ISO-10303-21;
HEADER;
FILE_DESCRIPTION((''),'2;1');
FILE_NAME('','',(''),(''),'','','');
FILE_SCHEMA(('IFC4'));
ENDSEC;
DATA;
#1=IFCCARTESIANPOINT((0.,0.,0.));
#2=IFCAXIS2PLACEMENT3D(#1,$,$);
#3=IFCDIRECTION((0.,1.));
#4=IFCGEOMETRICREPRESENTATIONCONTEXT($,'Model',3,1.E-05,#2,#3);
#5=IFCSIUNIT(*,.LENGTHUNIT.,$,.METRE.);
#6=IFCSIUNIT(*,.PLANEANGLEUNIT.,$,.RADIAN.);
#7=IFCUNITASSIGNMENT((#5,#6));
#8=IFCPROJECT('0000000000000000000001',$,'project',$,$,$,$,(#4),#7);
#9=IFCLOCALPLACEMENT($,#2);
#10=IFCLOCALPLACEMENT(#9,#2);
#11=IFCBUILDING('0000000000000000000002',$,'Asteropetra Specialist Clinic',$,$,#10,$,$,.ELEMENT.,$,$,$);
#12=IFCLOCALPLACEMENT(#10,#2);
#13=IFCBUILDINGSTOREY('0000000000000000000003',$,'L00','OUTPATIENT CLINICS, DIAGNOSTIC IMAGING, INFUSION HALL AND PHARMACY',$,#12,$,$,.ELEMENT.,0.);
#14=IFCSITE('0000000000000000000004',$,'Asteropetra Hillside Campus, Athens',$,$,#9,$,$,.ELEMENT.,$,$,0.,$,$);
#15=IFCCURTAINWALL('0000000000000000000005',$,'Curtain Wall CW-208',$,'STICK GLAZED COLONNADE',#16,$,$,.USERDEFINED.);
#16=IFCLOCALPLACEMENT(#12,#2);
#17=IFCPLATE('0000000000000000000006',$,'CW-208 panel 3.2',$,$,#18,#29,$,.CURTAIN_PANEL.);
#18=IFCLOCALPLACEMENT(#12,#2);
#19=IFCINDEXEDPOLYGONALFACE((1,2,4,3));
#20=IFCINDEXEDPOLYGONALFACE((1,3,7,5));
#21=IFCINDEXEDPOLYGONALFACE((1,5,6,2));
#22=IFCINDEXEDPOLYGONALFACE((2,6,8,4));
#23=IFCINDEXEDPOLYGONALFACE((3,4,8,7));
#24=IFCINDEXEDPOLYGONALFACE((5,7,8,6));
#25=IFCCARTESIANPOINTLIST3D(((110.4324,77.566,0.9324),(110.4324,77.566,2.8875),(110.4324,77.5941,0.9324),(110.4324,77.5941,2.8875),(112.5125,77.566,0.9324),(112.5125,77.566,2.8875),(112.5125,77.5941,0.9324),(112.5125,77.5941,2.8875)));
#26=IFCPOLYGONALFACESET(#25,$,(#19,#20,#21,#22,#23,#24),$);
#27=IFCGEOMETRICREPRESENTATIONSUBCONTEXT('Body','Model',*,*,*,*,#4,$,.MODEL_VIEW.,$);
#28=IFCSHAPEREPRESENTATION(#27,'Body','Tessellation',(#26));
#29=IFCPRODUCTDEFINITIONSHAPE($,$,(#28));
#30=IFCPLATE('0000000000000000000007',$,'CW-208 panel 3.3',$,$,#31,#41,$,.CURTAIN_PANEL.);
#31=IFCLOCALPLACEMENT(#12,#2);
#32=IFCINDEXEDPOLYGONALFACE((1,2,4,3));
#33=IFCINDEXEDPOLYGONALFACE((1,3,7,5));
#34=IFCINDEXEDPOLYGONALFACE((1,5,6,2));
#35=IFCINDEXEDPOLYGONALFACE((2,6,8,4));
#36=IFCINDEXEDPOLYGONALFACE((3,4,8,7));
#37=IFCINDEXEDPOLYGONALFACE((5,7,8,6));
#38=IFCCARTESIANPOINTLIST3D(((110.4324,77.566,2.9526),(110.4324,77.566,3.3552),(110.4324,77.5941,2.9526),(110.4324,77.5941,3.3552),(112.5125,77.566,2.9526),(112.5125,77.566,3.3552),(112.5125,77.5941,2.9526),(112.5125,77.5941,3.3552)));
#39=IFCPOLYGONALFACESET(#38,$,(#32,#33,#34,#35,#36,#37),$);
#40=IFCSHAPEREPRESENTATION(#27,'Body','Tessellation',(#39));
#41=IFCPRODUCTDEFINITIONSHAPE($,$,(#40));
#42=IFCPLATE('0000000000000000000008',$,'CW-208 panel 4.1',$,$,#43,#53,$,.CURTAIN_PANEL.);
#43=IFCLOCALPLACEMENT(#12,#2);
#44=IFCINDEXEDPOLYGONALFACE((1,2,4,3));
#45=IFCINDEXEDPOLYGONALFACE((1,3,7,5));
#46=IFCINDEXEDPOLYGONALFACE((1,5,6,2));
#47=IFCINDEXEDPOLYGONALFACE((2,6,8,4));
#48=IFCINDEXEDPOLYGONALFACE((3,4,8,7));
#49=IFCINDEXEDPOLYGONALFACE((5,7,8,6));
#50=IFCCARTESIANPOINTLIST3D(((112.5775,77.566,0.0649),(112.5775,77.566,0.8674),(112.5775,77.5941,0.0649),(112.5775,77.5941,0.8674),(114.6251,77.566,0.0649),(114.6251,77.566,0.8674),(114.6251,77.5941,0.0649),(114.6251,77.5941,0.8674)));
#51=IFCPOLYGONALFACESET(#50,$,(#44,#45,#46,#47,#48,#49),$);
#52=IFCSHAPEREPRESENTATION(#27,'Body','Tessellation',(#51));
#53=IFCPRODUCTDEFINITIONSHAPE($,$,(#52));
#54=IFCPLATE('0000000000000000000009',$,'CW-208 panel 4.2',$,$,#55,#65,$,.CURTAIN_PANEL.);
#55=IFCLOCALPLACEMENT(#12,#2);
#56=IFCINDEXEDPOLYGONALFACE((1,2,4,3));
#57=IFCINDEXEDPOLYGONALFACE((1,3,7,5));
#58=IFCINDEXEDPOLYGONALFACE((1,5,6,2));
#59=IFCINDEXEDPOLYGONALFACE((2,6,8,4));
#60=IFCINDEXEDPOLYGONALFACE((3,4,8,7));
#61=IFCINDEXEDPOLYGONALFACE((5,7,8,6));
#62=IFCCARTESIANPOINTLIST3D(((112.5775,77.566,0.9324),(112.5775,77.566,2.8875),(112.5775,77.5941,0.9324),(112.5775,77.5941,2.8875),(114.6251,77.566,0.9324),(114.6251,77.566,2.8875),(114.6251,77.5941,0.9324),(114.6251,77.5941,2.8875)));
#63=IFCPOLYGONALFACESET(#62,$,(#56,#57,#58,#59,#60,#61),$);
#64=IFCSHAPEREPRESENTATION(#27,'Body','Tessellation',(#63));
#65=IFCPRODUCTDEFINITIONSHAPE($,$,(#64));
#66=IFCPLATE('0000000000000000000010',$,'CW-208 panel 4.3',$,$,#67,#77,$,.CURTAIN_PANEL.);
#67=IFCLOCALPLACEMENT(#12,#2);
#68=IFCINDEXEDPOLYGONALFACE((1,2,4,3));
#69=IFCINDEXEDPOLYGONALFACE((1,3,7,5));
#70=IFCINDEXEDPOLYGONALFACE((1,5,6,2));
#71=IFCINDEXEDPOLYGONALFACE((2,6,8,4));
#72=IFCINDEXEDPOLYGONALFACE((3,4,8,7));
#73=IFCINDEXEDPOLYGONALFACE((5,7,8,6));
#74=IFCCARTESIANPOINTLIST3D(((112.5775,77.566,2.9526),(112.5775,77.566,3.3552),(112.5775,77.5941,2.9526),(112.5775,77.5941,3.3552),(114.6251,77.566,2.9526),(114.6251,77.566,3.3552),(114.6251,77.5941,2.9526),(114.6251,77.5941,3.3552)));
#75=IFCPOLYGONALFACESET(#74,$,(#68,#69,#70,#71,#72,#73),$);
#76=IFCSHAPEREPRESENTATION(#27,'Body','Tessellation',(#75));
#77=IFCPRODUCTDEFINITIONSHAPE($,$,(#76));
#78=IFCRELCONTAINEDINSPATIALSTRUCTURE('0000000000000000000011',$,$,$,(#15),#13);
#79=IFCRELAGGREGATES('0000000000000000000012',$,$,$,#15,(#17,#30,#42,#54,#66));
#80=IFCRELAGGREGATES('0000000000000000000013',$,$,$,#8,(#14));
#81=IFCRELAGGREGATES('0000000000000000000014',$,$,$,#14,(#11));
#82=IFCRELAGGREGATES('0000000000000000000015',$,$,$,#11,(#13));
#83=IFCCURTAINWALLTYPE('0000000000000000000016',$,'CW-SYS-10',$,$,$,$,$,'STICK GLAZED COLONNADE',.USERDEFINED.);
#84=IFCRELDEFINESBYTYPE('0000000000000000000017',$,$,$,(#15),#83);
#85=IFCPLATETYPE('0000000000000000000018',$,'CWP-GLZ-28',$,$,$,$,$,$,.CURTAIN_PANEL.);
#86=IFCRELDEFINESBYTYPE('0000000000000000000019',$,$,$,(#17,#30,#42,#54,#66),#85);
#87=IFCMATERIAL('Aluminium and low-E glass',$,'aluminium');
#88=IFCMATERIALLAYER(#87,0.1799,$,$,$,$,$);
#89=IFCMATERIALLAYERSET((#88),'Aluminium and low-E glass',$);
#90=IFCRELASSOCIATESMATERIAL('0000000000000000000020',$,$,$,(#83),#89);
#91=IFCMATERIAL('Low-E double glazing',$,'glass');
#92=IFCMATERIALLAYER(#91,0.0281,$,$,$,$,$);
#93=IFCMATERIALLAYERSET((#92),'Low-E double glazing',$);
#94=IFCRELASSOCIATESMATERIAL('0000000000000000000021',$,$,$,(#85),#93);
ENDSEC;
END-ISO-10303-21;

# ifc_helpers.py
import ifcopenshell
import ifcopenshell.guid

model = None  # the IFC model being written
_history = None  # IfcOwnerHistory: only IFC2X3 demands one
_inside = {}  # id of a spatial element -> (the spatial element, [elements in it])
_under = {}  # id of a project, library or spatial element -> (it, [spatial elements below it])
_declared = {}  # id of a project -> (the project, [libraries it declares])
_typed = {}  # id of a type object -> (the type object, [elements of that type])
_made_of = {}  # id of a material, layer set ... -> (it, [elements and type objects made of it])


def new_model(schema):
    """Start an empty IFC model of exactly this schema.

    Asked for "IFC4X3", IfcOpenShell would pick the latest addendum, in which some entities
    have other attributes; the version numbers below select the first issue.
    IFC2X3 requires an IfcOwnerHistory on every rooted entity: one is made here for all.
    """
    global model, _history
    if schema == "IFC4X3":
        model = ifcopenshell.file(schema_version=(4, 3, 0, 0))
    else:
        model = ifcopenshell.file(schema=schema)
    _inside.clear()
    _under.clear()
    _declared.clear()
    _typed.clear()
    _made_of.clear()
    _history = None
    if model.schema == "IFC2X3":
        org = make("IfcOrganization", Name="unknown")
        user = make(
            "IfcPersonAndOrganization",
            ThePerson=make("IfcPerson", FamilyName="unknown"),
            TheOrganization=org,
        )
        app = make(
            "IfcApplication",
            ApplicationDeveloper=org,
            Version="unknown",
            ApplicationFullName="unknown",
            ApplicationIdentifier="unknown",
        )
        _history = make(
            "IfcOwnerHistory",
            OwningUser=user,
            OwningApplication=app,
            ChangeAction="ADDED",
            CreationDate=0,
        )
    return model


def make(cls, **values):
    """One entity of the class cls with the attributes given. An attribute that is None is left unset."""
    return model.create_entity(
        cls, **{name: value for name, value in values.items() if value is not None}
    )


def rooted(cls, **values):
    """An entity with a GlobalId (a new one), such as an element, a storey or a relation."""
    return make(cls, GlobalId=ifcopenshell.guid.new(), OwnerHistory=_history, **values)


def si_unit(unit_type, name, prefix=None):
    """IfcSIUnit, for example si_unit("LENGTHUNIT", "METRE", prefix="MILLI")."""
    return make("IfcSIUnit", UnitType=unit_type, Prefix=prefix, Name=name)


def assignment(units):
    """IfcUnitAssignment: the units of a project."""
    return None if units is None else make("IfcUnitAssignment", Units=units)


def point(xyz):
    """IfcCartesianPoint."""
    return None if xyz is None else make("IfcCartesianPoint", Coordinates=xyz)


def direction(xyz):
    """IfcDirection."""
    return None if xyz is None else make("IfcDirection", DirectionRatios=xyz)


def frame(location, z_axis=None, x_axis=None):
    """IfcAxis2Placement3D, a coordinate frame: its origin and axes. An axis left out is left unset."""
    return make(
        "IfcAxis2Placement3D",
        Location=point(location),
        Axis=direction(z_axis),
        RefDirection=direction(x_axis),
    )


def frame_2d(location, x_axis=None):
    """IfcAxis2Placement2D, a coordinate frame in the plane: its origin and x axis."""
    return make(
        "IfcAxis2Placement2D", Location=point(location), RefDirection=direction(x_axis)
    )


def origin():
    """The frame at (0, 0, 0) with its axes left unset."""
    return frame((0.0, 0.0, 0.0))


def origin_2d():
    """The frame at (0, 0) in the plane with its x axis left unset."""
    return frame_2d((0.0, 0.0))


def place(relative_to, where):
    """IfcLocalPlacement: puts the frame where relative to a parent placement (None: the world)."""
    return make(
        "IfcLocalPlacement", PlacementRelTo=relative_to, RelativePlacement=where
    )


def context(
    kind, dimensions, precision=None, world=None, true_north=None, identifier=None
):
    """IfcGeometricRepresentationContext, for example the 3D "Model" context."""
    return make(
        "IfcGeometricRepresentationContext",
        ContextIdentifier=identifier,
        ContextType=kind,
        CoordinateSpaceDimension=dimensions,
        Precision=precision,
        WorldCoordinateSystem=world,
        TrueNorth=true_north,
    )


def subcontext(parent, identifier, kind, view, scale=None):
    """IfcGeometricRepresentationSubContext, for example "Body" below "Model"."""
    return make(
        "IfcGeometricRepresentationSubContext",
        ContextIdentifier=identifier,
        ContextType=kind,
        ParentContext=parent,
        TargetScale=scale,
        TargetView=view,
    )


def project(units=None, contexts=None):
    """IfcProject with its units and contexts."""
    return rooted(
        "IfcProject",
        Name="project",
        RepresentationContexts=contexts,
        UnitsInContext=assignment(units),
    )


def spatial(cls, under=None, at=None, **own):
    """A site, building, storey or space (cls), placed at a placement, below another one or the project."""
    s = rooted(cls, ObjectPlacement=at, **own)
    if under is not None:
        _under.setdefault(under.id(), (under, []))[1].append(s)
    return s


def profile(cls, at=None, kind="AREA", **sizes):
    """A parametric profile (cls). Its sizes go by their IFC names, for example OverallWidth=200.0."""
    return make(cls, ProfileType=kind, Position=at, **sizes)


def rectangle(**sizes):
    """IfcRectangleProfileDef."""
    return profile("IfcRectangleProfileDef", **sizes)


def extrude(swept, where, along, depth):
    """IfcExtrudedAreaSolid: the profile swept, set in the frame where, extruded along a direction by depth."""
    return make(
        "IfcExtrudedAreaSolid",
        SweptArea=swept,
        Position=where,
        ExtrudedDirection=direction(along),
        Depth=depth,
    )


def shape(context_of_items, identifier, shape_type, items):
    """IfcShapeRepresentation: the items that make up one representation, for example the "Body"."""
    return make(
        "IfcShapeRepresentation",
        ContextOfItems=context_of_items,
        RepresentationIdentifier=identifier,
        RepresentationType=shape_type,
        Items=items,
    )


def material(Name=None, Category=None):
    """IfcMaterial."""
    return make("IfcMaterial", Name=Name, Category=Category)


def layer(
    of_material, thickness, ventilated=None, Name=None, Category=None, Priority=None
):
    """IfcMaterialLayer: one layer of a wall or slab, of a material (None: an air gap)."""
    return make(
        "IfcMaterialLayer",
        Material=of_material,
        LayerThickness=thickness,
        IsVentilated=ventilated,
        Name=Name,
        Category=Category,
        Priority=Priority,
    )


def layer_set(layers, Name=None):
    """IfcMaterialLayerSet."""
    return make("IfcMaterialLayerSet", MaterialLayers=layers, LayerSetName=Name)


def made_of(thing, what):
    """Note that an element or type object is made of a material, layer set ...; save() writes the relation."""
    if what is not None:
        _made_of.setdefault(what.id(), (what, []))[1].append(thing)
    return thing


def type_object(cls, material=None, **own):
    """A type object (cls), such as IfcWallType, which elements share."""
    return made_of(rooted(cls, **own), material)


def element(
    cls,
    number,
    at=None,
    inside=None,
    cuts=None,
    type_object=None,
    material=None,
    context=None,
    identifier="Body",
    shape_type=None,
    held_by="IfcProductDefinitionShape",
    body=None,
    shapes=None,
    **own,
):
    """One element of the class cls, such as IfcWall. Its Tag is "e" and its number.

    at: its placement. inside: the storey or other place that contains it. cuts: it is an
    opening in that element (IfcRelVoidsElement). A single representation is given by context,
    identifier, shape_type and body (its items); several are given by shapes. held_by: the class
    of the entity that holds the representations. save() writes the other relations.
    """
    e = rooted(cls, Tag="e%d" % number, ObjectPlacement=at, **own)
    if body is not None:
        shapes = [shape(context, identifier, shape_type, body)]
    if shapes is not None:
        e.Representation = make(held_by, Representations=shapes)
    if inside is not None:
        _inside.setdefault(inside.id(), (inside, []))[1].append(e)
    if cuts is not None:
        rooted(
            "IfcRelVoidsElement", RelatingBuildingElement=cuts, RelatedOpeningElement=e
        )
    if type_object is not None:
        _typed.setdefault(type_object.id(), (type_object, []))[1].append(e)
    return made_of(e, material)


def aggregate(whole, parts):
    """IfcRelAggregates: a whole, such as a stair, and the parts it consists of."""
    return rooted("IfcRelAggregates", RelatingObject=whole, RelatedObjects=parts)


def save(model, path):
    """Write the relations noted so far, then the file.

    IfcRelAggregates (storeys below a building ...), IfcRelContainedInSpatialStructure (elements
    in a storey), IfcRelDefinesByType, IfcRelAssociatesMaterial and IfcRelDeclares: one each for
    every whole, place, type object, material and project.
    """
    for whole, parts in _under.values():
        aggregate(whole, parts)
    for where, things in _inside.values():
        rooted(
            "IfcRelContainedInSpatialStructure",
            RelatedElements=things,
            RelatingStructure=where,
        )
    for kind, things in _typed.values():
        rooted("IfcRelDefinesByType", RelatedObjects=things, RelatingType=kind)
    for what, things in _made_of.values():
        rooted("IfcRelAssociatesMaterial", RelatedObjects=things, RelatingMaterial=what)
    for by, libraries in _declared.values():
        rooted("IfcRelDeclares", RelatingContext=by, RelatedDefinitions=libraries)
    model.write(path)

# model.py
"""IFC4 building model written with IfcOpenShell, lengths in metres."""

from ifc_helpers import new_model, si_unit, direction, frame, origin, origin_2d, place, context, subcontext, project, spatial, rectangle, extrude, material, layer, layer_set, type_object, element, aggregate, save


model = new_model("IFC4")

# Units and contexts
model_context = context("Model", 3, precision=1e-05, world=origin(), true_north=direction((0.0, 1.0)))
body_context = subcontext(model_context, "Body", "Model", "MODEL_VIEW")
ifc_project = project(units=[si_unit("LENGTHUNIT", "METRE"), si_unit("PLANEANGLEUNIT", "RADIAN")], contexts=[model_context])

# Site, building, storey
site_placement = place(None, origin())
site = spatial("IfcSite", under=ifc_project, at=site_placement, Name="Asteropetra Hillside Campus, Athens", CompositionType="ELEMENT", RefElevation=0.0)
building_placement = place(site_placement, origin())
building = spatial("IfcBuilding", under=site, at=building_placement, Name="Asteropetra Specialist Clinic", CompositionType="ELEMENT")
storey_placement = place(building_placement, origin())
storey = spatial("IfcBuildingStorey", under=building, at=storey_placement, Name="L00", Description="OUTPATIENT CLINICS, DIAGNOSTIC IMAGING, INFUSION HALL AND PHARMACY", CompositionType="ELEMENT", Elevation=0.0)

# Curtain wall, plates
ifc_material_1 = material(Name="Aluminium and low-E glass", Category="aluminium")
ifc_layer_1 = layer(ifc_material_1, 0.1799)
ifc_layer_set_1 = layer_set([ifc_layer_1], Name="Aluminium and low-E glass")
curtain_wall_type = type_object("IfcCurtainWallType", Name="CW-SYS-10", ElementType="STICK GLAZED COLONNADE", PredefinedType="USERDEFINED", material=ifc_layer_set_1)
curtain_wall_placement = place(storey_placement, origin())
curtain_wall = element("IfcCurtainWall", 1, at=curtain_wall_placement, inside=storey, type_object=curtain_wall_type, Name="Curtain Wall CW-208", ObjectType="STICK GLAZED COLONNADE", PredefinedType="USERDEFINED")
ifc_material_2 = material(Name="Low-E double glazing", Category="glass")
ifc_layer_2 = layer(ifc_material_2, 0.0281)
ifc_layer_set_2 = layer_set([ifc_layer_2], Name="Low-E double glazing")
plate_type = type_object("IfcPlateType", Name="CWP-GLZ-28", PredefinedType="CURTAIN_PANEL", material=ifc_layer_set_2)
plate_1_placement = place(storey_placement, frame((111.4724, 77.5801, 0.9324), z_axis=(0.0, 0.0, 1.0), x_axis=(1.0, 0.0, 0.0)))
plate_1 = element("IfcPlate", 2, at=plate_1_placement, type_object=plate_type, Name="CW-208 panel 3.2", PredefinedType="CURTAIN_PANEL", context=body_context, shape_type="SweptSolid", body=[
    extrude(rectangle(XDim=2.0801, YDim=0.0281, at=origin_2d()), origin(), (0.0, 0.0, 1.0), 1.9551),
])
plate_2_placement = place(storey_placement, frame((111.4724, 77.5801, 2.9526), z_axis=(0.0, 0.0, 1.0), x_axis=(1.0, 0.0, 0.0)))
plate_2 = element("IfcPlate", 3, at=plate_2_placement, type_object=plate_type, Name="CW-208 panel 3.3", PredefinedType="CURTAIN_PANEL", context=body_context, shape_type="SweptSolid", body=[
    extrude(rectangle(XDim=2.0801, YDim=0.0281, at=origin_2d()), origin(), (0.0, 0.0, 1.0), 0.4026),
])
plate_3_placement = place(storey_placement, frame((113.6013, 77.5801, 0.0649), z_axis=(0.0, 0.0, 1.0), x_axis=(1.0, 0.0, 0.0)))
plate_3 = element("IfcPlate", 4, at=plate_3_placement, type_object=plate_type, Name="CW-208 panel 4.1", PredefinedType="CURTAIN_PANEL", context=body_context, shape_type="SweptSolid", body=[
    extrude(rectangle(XDim=2.0476, YDim=0.0281, at=origin_2d()), origin(), (0.0, 0.0, 1.0), 0.8025),
])
plate_4_placement = place(storey_placement, frame((113.6013, 77.5801, 0.9324), z_axis=(0.0, 0.0, 1.0), x_axis=(1.0, 0.0, 0.0)))
plate_4 = element("IfcPlate", 5, at=plate_4_placement, type_object=plate_type, Name="CW-208 panel 4.2", PredefinedType="CURTAIN_PANEL", context=body_context, shape_type="SweptSolid", body=[
    extrude(rectangle(XDim=2.0476, YDim=0.0281, at=origin_2d()), origin(), (0.0, 0.0, 1.0), 1.9551),
])
plate_5_placement = place(storey_placement, frame((113.6013, 77.5801, 2.9526), z_axis=(0.0, 0.0, 1.0), x_axis=(1.0, 0.0, 0.0)))
plate_5 = element("IfcPlate", 6, at=plate_5_placement, type_object=plate_type, Name="CW-208 panel 4.3", PredefinedType="CURTAIN_PANEL", context=body_context, shape_type="SweptSolid", body=[
    extrude(rectangle(XDim=2.0476, YDim=0.0281, at=origin_2d()), origin(), (0.0, 0.0, 1.0), 0.4026),
])
aggregate(curtain_wall, [plate_1, plate_2, plate_3, plate_4, plate_5])

save(model, "model.ifc")
